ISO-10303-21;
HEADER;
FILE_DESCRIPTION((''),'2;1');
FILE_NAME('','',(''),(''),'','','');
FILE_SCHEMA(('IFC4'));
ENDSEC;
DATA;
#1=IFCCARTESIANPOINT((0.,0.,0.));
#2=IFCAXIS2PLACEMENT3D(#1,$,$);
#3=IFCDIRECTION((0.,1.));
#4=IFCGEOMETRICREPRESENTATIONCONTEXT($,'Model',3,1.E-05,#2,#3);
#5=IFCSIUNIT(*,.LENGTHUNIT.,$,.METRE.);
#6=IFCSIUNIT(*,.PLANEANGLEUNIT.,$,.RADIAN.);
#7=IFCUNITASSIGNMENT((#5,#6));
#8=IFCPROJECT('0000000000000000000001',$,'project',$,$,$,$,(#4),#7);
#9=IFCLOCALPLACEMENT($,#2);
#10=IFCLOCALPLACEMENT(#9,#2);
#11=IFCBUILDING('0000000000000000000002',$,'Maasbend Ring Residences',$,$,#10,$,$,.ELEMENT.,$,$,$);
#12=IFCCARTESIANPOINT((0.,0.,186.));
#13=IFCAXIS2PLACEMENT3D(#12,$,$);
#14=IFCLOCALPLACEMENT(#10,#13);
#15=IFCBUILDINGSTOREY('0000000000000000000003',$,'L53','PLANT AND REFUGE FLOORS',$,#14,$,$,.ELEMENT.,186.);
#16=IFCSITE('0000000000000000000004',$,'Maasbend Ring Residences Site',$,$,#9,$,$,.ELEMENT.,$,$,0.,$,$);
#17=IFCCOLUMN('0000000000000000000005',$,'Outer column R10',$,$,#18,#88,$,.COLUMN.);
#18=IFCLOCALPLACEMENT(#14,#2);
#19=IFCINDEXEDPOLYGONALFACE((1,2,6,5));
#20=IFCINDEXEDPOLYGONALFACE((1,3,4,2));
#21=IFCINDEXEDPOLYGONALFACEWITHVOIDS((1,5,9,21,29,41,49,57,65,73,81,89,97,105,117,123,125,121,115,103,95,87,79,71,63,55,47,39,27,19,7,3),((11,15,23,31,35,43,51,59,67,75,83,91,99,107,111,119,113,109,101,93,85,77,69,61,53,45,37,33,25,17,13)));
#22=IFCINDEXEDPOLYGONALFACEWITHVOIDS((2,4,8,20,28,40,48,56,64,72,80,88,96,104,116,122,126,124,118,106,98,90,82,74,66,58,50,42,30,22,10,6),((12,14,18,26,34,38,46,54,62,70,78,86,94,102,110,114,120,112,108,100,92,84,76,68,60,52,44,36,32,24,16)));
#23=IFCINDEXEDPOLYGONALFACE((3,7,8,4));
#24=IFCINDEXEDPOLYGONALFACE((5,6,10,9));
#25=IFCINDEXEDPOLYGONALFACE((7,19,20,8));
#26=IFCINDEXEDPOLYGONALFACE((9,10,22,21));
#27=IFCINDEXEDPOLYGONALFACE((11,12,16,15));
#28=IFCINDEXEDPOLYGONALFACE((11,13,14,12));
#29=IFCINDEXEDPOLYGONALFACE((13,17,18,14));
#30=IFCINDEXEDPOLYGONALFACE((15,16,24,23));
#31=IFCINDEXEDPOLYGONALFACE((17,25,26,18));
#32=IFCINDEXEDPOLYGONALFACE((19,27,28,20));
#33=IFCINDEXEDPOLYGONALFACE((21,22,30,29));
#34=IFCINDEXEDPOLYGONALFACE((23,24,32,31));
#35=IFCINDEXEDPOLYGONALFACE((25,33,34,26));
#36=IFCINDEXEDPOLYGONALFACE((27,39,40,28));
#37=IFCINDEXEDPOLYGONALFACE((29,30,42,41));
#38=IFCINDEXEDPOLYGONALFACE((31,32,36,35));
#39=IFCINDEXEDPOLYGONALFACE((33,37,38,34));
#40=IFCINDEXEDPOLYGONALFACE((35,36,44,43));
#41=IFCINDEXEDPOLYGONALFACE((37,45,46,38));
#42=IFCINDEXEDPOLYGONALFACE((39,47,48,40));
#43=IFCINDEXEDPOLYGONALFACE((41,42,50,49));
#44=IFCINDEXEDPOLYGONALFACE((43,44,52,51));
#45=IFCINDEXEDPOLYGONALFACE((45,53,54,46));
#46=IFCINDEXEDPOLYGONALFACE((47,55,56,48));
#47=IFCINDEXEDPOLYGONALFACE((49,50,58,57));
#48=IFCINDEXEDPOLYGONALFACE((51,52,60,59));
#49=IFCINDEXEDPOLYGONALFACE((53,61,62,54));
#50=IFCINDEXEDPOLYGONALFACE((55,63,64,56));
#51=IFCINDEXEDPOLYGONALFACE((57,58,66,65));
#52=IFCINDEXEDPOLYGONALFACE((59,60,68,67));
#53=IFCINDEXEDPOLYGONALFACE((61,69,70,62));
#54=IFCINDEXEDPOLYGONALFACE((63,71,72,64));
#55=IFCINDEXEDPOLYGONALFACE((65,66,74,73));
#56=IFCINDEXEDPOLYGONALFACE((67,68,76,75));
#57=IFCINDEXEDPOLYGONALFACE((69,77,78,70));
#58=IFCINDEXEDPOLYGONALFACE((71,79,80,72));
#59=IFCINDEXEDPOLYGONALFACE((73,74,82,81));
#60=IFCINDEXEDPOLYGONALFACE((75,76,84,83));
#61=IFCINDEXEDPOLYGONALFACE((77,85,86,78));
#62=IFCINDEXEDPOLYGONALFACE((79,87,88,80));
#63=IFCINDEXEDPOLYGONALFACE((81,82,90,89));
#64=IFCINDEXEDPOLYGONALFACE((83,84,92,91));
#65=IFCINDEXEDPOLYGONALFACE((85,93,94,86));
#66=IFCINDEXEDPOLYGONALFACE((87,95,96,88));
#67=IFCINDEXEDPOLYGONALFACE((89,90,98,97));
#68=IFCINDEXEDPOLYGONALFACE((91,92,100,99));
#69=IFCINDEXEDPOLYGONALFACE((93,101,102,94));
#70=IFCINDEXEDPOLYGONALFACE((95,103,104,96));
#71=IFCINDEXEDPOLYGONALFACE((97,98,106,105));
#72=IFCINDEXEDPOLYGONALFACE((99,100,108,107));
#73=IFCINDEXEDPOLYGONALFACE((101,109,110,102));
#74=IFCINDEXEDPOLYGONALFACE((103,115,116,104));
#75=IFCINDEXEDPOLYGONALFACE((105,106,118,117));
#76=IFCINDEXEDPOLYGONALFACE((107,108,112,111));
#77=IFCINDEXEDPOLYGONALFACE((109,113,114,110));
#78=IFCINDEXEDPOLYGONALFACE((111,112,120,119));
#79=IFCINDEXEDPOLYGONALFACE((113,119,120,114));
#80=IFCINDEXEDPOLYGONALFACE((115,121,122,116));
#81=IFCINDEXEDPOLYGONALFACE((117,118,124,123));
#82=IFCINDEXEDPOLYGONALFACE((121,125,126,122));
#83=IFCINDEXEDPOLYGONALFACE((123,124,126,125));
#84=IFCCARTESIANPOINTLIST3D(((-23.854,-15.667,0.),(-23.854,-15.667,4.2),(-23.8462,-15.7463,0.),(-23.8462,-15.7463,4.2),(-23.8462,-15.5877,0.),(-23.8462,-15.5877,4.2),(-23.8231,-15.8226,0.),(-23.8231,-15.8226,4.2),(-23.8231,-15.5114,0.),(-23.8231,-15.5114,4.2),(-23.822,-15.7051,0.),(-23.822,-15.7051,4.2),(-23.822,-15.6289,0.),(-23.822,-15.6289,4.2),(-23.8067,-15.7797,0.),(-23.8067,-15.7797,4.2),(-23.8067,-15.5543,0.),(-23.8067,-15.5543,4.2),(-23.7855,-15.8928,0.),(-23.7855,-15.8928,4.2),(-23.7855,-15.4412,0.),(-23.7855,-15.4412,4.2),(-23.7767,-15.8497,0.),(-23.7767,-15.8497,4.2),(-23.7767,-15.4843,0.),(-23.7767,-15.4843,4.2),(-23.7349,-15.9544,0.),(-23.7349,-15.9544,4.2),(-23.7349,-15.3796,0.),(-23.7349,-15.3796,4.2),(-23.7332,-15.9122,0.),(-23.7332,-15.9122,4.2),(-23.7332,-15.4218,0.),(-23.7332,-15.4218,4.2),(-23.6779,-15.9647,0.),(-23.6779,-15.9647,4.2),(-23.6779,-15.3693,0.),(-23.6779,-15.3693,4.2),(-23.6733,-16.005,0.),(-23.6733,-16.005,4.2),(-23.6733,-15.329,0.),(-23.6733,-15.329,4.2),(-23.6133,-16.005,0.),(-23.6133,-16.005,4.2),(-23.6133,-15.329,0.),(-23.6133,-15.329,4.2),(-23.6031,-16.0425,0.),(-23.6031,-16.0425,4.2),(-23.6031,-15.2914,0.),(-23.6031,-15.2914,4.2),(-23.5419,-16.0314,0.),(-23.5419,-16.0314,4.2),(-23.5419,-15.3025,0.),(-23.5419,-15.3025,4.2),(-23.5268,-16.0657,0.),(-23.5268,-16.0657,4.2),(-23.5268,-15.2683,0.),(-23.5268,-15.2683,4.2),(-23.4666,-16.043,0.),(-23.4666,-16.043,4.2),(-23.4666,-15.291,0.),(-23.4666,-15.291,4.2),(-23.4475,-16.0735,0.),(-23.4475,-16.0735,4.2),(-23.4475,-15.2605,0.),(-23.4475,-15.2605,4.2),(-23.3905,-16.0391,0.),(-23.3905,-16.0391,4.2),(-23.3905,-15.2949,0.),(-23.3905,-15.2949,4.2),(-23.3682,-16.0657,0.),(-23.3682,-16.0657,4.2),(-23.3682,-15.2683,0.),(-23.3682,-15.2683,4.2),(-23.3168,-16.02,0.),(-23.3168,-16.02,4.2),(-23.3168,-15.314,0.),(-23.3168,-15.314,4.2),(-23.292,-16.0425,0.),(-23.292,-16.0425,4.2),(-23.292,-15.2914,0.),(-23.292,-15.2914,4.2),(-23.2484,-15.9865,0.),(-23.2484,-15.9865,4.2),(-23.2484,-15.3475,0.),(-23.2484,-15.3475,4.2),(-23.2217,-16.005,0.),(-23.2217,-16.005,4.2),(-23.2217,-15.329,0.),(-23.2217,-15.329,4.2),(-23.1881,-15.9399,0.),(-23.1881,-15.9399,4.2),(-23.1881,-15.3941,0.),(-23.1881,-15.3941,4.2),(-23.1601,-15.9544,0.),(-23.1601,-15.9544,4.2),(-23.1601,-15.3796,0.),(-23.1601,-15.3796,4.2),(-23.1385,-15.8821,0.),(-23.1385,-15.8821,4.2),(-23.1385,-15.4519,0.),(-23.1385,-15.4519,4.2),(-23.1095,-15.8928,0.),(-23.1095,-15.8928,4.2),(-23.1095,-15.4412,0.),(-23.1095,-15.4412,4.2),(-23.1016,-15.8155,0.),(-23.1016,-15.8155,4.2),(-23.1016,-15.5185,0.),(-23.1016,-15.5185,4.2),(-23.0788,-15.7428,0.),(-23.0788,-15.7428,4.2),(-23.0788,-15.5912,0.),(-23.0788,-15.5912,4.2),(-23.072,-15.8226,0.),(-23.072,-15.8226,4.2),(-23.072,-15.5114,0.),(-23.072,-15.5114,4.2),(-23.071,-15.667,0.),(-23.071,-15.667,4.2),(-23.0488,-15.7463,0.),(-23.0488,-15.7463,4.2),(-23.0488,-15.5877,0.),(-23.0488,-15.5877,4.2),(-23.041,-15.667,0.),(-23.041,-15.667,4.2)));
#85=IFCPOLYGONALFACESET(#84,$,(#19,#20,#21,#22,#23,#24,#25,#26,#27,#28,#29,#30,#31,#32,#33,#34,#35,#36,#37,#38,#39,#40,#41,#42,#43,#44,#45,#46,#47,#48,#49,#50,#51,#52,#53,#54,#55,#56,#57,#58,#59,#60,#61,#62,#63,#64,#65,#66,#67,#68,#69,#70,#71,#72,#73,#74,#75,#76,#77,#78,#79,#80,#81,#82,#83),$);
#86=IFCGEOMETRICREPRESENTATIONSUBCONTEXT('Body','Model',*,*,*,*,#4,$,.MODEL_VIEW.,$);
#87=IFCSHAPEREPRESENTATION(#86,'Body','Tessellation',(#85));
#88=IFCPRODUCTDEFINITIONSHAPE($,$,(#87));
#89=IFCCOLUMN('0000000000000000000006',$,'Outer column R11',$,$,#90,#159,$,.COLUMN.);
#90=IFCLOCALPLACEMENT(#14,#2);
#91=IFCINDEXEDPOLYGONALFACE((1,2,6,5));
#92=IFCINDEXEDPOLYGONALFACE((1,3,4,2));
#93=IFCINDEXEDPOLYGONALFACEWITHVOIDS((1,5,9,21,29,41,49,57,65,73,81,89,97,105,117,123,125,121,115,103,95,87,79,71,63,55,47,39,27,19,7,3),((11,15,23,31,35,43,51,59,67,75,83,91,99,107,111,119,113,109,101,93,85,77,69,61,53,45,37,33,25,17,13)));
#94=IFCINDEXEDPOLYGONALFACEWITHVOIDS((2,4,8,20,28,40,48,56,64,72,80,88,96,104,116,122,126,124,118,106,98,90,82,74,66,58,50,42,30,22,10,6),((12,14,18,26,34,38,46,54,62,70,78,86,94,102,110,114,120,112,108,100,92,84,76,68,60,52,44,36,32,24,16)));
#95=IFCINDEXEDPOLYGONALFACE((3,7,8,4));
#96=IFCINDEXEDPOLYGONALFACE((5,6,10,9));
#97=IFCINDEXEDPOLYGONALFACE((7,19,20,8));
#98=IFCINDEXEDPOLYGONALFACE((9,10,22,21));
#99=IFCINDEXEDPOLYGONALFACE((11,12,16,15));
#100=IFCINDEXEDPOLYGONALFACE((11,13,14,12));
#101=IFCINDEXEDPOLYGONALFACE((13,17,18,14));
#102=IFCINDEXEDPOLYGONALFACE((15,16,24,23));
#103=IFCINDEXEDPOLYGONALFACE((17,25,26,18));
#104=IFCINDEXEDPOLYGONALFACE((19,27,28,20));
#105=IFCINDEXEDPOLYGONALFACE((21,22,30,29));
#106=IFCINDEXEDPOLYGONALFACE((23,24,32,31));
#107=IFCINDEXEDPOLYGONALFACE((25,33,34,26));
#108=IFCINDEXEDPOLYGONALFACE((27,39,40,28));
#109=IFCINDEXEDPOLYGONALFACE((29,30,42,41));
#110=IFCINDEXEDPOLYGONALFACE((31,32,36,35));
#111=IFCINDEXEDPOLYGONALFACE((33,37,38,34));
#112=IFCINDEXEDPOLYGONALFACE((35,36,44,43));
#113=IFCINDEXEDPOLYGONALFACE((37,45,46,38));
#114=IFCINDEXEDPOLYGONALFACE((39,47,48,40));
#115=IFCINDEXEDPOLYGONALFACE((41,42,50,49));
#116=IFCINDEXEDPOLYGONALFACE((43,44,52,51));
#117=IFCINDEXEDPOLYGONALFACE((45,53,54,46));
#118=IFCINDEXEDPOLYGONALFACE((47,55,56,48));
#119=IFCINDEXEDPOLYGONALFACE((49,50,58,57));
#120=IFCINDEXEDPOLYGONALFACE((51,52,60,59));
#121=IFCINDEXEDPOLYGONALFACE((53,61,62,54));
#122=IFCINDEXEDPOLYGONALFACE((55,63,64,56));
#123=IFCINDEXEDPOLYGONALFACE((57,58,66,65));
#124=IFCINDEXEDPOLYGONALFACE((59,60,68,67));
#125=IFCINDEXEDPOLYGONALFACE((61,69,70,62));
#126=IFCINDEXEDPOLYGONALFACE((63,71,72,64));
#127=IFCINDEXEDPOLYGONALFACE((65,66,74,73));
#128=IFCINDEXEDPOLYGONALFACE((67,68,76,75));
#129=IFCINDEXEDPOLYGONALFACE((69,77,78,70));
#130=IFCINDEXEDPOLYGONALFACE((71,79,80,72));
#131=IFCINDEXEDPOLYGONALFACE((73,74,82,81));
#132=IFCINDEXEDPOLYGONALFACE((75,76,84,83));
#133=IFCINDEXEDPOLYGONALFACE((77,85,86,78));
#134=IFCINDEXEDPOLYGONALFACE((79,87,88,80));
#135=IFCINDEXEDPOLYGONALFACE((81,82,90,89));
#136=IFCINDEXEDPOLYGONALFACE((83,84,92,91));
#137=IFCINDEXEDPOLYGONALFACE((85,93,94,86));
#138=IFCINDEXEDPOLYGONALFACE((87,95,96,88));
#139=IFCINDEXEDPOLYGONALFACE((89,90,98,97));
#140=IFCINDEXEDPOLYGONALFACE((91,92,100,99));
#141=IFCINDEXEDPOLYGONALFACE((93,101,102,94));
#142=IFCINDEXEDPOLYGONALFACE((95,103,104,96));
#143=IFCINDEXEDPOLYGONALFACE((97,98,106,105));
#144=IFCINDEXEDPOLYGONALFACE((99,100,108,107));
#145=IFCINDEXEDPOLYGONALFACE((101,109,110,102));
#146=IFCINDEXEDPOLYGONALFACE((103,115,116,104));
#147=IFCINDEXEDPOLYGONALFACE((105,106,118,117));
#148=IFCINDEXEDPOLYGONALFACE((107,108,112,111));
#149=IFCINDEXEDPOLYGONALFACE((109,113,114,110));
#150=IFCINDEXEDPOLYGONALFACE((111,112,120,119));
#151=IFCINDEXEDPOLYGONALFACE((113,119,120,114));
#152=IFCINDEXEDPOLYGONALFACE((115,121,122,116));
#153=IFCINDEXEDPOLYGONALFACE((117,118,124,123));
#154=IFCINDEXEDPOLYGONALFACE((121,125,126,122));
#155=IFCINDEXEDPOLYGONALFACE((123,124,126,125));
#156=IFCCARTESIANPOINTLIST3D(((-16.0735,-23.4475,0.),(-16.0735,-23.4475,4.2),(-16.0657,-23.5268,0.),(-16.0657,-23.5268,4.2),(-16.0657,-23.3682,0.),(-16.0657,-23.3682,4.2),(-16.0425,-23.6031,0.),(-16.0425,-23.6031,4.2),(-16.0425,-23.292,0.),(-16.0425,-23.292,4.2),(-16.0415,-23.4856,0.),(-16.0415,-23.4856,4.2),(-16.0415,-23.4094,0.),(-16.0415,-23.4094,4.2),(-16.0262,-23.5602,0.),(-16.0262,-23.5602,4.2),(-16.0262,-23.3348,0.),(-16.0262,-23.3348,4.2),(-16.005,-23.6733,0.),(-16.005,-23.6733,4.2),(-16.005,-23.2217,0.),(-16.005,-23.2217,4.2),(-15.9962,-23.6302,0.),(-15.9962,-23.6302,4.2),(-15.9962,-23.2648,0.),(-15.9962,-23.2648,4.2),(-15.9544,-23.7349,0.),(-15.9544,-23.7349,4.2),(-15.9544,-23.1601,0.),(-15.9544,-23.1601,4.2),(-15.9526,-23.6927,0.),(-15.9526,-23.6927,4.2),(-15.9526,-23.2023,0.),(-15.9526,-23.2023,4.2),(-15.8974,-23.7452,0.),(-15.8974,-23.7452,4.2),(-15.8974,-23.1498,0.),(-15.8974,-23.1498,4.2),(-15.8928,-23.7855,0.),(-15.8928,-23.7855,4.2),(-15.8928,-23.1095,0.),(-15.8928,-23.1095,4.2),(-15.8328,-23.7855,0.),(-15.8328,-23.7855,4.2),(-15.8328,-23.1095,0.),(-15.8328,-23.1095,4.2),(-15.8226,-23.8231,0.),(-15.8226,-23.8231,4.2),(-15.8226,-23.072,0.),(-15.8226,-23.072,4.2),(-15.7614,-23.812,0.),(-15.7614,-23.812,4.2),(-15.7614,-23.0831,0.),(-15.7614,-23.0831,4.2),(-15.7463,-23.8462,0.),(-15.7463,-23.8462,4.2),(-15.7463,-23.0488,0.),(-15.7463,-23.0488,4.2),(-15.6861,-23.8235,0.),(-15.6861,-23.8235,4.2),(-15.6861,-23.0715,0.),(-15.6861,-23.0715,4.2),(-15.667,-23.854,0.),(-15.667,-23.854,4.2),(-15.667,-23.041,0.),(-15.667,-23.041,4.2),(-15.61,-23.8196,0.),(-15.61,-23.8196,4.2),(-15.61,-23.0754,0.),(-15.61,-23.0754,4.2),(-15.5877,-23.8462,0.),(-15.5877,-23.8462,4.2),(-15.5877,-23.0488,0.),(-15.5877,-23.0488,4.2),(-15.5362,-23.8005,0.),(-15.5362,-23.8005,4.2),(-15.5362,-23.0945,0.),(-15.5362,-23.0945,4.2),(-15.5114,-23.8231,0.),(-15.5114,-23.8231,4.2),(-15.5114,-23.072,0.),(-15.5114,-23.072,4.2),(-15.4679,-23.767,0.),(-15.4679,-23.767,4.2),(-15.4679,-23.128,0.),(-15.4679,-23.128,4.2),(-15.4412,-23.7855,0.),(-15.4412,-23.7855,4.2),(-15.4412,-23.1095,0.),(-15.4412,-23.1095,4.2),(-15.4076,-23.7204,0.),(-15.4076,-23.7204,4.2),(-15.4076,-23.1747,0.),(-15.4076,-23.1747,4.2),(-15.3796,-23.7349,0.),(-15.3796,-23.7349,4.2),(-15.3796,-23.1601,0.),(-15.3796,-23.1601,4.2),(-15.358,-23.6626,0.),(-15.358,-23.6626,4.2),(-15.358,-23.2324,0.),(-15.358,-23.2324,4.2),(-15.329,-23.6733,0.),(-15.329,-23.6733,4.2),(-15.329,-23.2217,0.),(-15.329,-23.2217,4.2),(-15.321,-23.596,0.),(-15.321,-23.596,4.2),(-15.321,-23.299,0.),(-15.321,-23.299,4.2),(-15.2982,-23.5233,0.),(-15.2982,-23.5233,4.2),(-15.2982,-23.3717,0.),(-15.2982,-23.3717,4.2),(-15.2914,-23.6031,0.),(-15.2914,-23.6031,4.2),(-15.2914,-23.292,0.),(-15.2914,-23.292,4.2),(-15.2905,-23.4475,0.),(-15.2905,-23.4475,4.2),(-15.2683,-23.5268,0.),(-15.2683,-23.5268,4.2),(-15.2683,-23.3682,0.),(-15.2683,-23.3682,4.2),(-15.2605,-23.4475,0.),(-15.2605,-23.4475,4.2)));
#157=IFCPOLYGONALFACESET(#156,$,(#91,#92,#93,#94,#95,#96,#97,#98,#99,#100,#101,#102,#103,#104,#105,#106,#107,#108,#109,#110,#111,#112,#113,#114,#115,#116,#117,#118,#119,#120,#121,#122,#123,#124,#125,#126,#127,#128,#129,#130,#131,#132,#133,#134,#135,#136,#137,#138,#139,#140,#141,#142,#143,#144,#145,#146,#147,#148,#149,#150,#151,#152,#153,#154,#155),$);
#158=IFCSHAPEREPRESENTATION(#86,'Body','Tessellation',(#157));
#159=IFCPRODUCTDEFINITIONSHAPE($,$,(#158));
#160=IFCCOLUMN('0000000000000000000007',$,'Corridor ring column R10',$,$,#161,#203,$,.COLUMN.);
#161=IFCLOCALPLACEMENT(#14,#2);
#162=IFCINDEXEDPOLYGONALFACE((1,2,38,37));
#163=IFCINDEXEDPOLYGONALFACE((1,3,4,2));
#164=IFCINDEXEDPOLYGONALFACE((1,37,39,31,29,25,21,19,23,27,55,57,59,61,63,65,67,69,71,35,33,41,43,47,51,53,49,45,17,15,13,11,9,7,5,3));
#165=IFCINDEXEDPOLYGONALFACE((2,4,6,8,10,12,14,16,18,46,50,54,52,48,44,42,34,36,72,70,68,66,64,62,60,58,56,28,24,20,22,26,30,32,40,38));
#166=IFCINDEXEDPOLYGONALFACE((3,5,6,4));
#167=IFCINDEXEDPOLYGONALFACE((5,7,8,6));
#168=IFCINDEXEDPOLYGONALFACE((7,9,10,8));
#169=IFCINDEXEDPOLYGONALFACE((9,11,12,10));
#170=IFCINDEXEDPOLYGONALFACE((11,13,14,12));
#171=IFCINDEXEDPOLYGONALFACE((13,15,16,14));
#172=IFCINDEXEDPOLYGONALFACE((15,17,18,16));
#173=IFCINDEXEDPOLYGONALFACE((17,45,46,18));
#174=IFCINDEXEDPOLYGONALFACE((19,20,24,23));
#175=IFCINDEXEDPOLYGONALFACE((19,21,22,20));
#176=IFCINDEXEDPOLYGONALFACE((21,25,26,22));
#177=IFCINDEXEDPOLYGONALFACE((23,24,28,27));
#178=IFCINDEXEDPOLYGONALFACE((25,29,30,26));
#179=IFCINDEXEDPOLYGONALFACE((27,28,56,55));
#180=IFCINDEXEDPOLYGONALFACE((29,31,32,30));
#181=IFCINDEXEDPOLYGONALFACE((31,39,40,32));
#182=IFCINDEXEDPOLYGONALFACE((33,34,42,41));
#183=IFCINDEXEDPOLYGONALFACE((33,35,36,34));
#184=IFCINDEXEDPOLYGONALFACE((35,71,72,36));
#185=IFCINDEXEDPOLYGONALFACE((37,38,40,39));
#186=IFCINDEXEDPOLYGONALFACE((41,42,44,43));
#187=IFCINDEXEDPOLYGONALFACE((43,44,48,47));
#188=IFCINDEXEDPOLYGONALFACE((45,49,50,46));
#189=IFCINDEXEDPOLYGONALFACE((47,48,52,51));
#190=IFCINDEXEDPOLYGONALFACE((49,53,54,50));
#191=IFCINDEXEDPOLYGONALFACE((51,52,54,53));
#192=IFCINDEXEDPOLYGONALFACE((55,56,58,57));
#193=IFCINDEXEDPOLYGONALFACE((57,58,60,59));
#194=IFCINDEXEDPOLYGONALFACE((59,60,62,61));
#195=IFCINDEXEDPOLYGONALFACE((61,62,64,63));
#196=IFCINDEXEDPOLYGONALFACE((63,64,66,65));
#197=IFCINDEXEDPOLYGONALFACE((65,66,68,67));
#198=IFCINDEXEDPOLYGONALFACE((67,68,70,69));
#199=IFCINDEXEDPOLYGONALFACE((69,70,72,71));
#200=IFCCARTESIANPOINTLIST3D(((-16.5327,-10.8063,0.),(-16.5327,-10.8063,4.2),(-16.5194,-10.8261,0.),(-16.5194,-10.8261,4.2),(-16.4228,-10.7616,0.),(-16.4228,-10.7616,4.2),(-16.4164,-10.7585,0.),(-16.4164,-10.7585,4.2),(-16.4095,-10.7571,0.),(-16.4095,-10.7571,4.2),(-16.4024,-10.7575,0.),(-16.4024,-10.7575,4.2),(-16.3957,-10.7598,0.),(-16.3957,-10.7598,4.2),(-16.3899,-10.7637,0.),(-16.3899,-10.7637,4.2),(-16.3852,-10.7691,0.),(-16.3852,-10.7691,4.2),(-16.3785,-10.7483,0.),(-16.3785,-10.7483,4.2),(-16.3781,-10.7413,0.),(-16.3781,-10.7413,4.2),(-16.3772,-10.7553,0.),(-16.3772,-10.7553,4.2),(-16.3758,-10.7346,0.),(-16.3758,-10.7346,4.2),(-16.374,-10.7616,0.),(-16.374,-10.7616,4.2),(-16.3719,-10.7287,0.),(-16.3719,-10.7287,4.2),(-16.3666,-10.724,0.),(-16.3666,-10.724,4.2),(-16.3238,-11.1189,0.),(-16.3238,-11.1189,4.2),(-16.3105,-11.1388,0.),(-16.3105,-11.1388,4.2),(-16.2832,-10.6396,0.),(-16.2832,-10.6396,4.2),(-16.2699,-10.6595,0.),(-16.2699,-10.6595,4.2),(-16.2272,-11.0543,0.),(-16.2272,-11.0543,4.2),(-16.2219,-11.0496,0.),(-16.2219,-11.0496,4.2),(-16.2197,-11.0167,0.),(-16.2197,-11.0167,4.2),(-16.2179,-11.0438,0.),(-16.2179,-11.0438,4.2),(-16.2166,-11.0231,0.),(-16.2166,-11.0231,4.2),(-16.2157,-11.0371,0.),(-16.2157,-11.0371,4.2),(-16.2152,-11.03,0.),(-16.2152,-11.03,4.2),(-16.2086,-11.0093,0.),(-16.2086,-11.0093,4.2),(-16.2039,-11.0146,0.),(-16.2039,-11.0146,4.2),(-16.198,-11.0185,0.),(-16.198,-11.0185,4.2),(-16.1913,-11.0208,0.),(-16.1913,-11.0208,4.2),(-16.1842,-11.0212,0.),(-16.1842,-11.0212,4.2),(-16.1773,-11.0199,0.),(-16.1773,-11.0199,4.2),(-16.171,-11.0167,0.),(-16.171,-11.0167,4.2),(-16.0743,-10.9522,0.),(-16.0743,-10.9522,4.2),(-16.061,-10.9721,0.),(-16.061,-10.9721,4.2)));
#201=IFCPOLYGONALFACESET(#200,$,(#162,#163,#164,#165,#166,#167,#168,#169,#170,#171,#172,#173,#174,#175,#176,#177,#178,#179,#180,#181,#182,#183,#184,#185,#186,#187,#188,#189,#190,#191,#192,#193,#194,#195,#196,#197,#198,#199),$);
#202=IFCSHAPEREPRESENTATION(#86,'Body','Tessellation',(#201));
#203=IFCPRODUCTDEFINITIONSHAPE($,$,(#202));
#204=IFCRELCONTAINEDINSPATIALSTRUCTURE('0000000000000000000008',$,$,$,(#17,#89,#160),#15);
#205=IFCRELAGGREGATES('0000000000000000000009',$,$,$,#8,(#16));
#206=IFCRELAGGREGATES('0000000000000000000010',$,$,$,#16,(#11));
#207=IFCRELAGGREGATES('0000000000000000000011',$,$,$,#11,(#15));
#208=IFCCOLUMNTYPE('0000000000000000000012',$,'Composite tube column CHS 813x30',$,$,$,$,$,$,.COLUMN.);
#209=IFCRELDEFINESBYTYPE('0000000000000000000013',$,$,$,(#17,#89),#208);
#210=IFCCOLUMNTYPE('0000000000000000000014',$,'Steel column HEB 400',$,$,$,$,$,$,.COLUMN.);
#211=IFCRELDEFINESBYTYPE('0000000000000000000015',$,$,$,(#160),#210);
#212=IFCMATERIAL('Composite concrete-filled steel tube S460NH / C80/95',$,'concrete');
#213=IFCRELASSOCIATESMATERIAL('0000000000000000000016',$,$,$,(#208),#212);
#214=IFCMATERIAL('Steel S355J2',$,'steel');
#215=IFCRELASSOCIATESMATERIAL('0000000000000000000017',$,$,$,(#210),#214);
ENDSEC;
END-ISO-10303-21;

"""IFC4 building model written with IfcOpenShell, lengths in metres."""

from ifc_helpers import new_model, si_unit, direction, frame, origin, origin_2d, place, context, subcontext, project, spatial, hollow_circle, i_section, extrude, material, material_profile, profile_set, type_object, element, save


model = new_model("IFC4")

# Units and contexts
model_context = context("Model", 3, precision=1e-05, world=origin(), true_north=direction((0.0, 1.0)))
body_context = subcontext(model_context, "Body", "Model", "MODEL_VIEW")
ifc_project = project(units=[si_unit("LENGTHUNIT", "METRE"), si_unit("PLANEANGLEUNIT", "RADIAN")], contexts=[model_context])

# Site, building, storey
site_placement = place(None, origin())
site = spatial("IfcSite", under=ifc_project, at=site_placement, Name="Maasbend Ring Residences Site", CompositionType="ELEMENT", RefElevation=0.0)
building_placement = place(site_placement, origin())
building = spatial("IfcBuilding", under=site, at=building_placement, Name="Maasbend Ring Residences", CompositionType="ELEMENT")
storey_placement = place(building_placement, frame((0.0, 0.0, 186.0)))
storey = spatial("IfcBuildingStorey", under=building, at=storey_placement, Name="L53", Description="PLANT AND REFUGE FLOORS", CompositionType="ELEMENT", Elevation=186.0)

# Columns
ifc_material_1 = material(Name="Composite concrete-filled steel tube S460NH / C80/95", Category="concrete")
ifc_material_profile_1 = material_profile(ifc_material_1, hollow_circle(Radius=0.4065, WallThickness=0.03, at=origin_2d()), Name="Composite tube column CHS 813x30")
ifc_profile_set_1 = profile_set([ifc_material_profile_1], Name="Composite concrete-filled steel tube S460NH / C80/95")
column_type_1 = type_object("IfcColumnType", Name="Composite tube column CHS 813x30", PredefinedType="COLUMN", material=ifc_profile_set_1)
for number, where, z_axis, x_axis, name in (
    (1, (-23.4475, -15.667, 0.0), (0.0, 0.0, 1.0), (1.0, 0.0, 0.0), "Outer column R10"),
    (2, (-15.667, -23.4475, 0.0), (0.0, 0.0, 1.0), (1.0, 0.0, 0.0), "Outer column R11"),
):
    element("IfcColumn", number, at=place(storey_placement, frame(where, z_axis=z_axis, x_axis=x_axis)), inside=storey, type_object=column_type_1, Name=name, PredefinedType="COLUMN", context=body_context, shape_type="SweptSolid", body=[
        extrude(hollow_circle(Radius=0.4065, WallThickness=0.03, at=origin_2d()), origin(), (0.0, 0.0, 1.0), 4.2),
    ])
ifc_material_2 = material(Name="Steel S355J2", Category="steel")
ifc_material_profile_2 = material_profile(ifc_material_2, i_section(OverallWidth=0.3, OverallDepth=0.3999, WebThickness=0.0134, FlangeThickness=0.0239, FilletRadius=0.0271, at=origin_2d()), Name="HEB 400")
ifc_profile_set_2 = profile_set([ifc_material_profile_2], Name="Steel S355J2")
column_type_2 = type_object("IfcColumnType", Name="Steel column HEB 400", PredefinedType="COLUMN", material=ifc_profile_set_2)
column_placement = place(storey_placement, frame((-16.2969, -10.8892, 0.0), z_axis=(0.0, 0.0, 1.0), x_axis=(-0.83147, -0.55557, 0.0)))
element("IfcColumn", 3, at=column_placement, inside=storey, type_object=column_type_2, Name="Corridor ring column R10", PredefinedType="COLUMN", context=body_context, shape_type="SweptSolid", body=[
    extrude(i_section(OverallWidth=0.3, OverallDepth=0.3999, WebThickness=0.0134, FlangeThickness=0.0239, FilletRadius=0.0271, at=origin_2d()), origin(), (0.0, 0.0, 1.0), 4.2),
])

save(model, "model.ifc")
